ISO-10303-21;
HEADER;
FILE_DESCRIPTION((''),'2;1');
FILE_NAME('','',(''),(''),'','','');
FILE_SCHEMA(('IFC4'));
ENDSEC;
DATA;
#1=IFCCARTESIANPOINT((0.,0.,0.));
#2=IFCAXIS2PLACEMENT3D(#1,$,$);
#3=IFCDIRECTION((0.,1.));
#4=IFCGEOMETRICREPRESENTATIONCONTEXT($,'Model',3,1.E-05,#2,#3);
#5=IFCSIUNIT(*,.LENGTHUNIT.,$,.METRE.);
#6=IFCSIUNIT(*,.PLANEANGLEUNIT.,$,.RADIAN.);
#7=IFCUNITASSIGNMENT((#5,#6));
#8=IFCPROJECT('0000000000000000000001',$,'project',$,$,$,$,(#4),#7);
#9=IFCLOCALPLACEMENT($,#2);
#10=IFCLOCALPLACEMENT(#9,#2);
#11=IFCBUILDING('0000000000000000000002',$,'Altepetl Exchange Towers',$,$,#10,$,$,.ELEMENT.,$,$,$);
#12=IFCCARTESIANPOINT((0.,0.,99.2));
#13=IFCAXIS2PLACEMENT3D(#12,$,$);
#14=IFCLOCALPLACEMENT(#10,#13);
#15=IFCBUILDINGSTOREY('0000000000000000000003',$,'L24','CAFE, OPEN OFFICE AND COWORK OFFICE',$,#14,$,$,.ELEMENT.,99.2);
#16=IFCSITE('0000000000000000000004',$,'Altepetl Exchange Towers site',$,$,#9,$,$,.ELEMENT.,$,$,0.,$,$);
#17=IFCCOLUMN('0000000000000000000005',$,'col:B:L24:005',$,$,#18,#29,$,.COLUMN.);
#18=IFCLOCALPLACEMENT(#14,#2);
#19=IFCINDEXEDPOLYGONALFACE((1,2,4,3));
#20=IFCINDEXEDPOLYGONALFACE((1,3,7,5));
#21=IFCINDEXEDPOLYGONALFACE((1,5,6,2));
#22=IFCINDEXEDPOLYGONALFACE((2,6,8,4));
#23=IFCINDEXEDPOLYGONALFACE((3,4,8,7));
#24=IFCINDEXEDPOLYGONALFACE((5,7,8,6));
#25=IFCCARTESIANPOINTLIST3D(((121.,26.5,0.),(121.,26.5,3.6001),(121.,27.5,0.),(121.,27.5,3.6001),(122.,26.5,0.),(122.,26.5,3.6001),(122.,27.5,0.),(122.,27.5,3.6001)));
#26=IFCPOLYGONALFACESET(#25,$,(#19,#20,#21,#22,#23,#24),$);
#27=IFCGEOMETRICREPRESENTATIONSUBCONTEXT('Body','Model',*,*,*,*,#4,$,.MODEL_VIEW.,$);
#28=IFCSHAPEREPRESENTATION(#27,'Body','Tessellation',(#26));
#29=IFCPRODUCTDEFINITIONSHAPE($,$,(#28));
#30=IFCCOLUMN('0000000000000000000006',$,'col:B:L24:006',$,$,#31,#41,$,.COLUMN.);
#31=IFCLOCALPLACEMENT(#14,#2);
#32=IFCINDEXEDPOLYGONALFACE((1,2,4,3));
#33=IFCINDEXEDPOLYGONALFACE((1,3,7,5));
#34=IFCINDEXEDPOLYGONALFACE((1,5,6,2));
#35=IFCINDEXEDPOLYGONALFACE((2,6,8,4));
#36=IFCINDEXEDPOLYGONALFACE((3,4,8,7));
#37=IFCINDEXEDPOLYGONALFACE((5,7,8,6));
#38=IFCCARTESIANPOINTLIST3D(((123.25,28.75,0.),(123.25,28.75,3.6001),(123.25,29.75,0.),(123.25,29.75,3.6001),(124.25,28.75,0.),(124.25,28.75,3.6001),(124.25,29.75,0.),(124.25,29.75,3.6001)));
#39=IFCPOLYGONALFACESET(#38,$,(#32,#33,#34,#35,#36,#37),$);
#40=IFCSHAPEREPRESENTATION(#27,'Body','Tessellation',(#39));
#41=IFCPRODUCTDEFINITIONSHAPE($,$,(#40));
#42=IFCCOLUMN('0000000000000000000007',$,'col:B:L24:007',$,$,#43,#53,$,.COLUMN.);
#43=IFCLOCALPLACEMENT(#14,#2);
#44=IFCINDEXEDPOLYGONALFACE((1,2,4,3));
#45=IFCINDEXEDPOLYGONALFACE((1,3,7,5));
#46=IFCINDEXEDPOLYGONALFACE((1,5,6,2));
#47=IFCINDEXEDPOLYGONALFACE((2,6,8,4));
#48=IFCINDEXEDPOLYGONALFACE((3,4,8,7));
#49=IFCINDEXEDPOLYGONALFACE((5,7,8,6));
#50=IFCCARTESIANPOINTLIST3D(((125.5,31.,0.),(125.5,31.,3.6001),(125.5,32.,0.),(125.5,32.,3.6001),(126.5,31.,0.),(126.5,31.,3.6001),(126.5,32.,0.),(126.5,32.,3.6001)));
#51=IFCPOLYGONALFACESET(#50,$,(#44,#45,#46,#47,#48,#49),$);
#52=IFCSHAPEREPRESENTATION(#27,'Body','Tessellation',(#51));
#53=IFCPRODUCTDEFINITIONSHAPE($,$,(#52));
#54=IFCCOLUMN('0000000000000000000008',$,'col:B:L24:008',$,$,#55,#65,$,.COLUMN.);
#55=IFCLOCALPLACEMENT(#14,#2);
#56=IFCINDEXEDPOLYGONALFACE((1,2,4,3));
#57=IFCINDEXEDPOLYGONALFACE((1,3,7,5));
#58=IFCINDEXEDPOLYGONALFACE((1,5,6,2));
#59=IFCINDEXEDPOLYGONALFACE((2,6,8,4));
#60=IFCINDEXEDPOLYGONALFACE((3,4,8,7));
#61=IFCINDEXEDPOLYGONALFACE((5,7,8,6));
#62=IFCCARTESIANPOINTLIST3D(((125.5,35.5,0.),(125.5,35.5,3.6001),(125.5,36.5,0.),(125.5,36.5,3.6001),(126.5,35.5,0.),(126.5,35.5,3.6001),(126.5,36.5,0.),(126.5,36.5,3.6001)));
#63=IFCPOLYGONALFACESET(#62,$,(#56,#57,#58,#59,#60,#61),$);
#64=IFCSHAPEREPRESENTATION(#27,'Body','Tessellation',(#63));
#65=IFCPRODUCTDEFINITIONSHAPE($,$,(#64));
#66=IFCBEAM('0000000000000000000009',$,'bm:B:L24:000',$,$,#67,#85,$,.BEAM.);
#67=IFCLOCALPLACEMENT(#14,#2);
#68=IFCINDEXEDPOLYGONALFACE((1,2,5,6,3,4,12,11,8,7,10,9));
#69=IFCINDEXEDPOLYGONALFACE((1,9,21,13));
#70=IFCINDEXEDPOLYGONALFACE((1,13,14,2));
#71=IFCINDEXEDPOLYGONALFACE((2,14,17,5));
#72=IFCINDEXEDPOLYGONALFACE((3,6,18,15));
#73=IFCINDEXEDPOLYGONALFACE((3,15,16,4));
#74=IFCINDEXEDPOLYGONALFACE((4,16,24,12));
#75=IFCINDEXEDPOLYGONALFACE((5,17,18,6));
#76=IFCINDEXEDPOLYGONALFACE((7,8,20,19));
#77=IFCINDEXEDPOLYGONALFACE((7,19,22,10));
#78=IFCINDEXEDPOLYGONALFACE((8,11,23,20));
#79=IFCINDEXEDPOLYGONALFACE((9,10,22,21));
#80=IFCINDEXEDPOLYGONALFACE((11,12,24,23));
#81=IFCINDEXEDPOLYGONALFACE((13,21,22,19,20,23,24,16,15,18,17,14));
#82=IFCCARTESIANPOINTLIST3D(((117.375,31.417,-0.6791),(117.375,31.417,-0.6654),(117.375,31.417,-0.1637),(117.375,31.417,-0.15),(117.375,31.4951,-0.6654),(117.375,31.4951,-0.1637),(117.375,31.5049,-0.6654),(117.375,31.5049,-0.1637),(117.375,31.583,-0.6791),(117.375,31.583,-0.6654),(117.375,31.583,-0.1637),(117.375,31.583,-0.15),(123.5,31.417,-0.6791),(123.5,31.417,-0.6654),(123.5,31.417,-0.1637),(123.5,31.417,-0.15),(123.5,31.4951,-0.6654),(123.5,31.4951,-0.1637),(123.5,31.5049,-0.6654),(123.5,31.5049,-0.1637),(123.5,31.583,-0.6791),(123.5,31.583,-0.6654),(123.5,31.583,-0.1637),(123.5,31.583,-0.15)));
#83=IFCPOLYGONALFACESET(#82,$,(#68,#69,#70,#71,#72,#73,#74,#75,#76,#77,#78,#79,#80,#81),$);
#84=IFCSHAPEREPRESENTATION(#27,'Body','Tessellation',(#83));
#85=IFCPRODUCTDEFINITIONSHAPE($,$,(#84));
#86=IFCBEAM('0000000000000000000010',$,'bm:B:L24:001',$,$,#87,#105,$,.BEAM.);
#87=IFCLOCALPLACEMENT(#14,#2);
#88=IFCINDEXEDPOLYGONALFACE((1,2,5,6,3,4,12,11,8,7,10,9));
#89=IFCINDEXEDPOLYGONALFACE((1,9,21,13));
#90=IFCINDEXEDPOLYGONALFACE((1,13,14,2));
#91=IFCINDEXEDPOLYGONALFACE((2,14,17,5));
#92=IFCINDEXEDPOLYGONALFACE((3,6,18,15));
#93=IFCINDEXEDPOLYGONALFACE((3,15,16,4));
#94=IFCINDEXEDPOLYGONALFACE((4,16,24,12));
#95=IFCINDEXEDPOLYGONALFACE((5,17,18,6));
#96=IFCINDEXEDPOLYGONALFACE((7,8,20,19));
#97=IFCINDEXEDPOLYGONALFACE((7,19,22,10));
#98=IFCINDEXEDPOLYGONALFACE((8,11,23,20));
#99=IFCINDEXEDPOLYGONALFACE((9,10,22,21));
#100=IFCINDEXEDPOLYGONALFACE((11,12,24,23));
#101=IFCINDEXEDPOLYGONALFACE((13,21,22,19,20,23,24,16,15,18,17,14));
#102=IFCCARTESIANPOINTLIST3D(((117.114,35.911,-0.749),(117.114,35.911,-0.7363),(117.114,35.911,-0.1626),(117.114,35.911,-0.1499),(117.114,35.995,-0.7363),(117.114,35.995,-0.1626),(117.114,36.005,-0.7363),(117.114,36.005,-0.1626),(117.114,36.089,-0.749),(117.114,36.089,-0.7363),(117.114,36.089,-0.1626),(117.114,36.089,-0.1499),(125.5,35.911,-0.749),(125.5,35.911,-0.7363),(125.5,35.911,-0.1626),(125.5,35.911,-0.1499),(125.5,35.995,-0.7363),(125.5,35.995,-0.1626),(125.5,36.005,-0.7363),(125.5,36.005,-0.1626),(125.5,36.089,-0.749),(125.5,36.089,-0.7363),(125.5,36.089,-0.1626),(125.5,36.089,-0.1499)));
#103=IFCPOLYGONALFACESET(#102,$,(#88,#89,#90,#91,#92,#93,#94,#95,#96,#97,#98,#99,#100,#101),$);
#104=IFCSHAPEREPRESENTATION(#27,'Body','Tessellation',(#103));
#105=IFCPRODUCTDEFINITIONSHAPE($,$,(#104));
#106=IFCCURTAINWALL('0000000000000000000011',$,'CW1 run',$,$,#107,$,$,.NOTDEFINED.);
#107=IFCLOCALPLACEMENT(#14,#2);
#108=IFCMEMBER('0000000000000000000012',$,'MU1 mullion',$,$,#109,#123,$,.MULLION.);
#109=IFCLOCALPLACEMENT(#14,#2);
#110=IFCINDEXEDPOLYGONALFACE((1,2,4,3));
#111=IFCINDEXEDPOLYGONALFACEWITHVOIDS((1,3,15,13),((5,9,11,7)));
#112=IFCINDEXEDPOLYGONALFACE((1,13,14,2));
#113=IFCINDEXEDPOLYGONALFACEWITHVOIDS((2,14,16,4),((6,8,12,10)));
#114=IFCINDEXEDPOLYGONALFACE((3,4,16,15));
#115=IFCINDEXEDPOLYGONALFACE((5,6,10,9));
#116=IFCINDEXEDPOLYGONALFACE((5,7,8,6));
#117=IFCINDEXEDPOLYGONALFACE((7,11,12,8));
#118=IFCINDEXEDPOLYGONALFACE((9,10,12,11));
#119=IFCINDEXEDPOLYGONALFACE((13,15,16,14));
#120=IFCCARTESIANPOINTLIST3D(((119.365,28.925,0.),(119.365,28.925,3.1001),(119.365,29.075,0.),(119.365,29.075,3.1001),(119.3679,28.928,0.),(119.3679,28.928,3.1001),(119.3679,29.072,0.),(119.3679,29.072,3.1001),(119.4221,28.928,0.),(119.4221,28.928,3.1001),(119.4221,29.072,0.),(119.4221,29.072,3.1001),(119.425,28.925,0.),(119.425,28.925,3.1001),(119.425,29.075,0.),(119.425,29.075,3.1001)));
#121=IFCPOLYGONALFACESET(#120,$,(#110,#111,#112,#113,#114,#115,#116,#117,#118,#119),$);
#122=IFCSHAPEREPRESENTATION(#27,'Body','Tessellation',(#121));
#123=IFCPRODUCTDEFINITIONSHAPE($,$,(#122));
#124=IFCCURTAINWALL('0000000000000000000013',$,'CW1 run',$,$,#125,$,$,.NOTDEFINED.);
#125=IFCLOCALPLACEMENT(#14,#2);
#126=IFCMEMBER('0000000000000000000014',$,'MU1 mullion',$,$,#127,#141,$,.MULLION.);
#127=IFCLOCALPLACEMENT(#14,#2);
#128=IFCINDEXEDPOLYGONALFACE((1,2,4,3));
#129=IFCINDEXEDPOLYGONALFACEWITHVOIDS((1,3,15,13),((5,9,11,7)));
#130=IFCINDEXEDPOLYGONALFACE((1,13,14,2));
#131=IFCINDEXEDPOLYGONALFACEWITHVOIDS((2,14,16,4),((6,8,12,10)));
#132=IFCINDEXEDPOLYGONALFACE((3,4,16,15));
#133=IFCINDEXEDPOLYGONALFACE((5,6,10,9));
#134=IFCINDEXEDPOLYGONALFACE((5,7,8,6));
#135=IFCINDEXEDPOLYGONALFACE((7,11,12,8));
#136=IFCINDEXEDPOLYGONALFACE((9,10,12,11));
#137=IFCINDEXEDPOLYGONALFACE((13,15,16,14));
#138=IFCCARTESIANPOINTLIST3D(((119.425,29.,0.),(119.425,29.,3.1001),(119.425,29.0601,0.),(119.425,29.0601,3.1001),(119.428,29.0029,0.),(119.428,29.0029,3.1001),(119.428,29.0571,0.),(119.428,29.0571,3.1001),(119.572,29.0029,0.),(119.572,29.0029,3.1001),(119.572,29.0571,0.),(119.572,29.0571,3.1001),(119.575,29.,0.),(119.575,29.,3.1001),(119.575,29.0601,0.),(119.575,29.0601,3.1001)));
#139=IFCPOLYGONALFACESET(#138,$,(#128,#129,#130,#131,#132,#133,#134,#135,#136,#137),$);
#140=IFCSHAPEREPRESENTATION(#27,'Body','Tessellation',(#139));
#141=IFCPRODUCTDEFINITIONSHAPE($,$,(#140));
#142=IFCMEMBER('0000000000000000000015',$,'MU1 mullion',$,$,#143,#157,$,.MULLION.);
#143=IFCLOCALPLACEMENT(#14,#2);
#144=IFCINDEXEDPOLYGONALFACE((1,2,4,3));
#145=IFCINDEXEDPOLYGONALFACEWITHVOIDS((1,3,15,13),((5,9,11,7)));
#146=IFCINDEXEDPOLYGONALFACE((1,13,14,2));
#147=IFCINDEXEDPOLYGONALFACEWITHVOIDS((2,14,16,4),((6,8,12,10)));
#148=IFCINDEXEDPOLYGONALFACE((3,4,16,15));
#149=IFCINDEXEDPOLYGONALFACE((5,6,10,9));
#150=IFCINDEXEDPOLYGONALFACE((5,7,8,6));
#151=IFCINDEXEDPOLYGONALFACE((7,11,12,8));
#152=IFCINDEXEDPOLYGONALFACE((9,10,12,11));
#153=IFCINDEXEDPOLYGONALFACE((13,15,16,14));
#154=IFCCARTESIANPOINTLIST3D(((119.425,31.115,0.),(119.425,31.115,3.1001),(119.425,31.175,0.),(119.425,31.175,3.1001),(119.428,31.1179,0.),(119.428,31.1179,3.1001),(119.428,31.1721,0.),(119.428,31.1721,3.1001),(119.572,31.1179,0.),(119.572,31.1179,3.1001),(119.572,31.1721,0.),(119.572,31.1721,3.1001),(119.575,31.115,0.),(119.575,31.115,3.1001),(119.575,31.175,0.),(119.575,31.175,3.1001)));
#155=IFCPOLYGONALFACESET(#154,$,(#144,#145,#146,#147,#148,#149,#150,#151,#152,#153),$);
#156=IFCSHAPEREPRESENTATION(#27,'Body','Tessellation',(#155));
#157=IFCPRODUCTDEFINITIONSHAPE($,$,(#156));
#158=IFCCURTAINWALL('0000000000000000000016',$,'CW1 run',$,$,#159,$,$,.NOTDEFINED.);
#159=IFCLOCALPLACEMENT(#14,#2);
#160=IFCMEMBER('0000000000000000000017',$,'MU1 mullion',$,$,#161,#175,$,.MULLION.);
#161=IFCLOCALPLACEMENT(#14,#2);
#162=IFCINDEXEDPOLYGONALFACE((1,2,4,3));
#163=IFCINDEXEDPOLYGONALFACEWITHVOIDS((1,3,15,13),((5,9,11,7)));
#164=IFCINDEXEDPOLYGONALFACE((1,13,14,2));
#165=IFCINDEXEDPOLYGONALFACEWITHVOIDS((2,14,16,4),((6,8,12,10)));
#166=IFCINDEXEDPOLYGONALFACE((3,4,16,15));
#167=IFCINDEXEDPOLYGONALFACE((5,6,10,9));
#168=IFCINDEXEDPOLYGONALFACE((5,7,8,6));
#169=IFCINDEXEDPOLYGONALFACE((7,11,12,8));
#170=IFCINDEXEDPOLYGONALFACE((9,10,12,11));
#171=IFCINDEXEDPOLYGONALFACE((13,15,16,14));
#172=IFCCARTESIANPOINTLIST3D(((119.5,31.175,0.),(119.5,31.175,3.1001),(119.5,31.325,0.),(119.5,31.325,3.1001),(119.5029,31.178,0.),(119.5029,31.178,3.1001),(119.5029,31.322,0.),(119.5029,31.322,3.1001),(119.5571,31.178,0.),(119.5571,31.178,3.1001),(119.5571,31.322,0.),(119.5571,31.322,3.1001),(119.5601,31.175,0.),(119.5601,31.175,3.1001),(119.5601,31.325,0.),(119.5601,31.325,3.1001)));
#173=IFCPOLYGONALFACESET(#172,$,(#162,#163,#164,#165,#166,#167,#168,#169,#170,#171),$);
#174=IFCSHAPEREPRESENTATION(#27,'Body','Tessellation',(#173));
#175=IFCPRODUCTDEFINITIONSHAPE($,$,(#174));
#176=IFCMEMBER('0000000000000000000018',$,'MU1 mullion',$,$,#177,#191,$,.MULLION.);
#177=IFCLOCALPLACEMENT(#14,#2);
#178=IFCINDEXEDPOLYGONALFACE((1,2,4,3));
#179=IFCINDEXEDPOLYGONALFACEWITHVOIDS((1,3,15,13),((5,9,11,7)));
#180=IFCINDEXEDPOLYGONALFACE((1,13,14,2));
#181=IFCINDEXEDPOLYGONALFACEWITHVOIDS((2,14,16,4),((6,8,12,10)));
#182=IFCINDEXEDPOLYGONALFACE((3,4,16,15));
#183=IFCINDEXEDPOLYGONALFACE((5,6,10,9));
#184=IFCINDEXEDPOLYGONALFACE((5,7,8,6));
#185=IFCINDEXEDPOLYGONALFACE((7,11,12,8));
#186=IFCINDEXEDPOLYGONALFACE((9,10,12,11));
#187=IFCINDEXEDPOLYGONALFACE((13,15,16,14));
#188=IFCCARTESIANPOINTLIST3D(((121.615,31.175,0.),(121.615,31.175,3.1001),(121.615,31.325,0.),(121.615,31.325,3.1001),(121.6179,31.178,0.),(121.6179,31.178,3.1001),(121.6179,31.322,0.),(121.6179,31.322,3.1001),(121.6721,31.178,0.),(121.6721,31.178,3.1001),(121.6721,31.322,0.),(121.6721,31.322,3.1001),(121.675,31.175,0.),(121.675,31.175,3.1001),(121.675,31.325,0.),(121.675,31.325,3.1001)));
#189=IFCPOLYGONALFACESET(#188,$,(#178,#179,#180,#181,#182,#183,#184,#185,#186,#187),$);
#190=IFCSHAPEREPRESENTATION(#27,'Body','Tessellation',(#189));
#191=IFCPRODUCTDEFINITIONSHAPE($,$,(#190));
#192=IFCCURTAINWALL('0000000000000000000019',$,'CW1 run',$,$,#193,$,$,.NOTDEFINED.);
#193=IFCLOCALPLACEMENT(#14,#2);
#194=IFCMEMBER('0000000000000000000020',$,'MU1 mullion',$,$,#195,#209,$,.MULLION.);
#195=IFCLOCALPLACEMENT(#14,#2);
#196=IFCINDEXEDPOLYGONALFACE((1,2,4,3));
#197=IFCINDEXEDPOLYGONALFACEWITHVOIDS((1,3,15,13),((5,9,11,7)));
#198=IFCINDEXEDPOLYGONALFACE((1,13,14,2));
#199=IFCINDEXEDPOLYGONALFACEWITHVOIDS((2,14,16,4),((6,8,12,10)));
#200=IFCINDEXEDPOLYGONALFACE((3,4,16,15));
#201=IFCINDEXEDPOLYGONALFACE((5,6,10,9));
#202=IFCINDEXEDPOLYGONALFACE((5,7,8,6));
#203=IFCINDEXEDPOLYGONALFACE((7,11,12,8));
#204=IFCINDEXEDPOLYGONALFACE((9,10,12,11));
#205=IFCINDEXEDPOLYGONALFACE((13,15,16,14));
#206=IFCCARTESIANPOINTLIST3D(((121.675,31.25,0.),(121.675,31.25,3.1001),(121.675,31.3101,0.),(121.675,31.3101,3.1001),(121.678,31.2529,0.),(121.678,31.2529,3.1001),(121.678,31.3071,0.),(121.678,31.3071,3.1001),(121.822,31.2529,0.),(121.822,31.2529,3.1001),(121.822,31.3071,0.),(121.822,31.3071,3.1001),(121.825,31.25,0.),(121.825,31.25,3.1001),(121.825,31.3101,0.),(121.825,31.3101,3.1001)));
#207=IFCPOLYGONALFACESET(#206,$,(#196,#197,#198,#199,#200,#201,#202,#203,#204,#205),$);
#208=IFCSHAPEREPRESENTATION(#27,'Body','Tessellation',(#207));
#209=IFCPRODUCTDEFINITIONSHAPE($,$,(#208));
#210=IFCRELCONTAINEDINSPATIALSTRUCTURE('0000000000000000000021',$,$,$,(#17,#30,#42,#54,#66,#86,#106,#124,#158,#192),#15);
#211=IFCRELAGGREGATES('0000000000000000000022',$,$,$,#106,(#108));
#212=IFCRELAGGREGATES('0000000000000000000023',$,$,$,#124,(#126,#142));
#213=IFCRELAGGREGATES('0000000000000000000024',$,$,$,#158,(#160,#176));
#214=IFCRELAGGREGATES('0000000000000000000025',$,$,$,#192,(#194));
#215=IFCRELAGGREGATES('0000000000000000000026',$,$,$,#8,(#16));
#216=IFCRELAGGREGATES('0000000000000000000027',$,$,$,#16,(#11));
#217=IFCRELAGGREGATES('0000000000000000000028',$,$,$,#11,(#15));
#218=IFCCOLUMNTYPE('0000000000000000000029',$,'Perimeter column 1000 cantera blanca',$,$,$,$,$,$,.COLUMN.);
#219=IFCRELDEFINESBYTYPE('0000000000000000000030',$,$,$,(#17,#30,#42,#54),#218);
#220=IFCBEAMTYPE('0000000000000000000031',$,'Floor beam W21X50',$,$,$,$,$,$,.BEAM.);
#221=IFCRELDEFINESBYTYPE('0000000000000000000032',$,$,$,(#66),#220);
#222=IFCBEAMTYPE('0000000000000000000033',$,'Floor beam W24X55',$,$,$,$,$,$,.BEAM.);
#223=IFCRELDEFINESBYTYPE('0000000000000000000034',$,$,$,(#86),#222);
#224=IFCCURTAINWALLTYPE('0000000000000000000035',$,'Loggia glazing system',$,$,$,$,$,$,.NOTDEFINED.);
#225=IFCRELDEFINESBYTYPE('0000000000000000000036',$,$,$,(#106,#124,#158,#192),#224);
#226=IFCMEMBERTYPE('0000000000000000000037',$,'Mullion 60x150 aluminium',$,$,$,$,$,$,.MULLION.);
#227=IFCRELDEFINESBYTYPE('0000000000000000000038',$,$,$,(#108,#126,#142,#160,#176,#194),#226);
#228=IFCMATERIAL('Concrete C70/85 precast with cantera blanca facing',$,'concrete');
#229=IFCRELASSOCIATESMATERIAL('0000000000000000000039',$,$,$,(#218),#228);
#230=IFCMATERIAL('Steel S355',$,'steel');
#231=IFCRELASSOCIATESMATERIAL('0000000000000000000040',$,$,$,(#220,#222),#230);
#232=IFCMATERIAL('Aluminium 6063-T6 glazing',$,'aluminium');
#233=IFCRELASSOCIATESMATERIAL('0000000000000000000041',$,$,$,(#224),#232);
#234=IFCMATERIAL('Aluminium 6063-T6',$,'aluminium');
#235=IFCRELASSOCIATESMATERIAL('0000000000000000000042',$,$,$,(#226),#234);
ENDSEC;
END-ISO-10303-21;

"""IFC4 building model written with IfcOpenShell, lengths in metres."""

from ifc_helpers import new_model, si_unit, direction, frame, origin, origin_2d, place, context, subcontext, project, spatial, rectangle, hollow_rectangle, i_section, extrude, material, material_profile, profile_set, type_object, element, aggregate, save


model = new_model("IFC4")

# Units and contexts
model_context = context("Model", 3, precision=1e-05, world=origin(), true_north=direction((0.0, 1.0)))
body_context = subcontext(model_context, "Body", "Model", "MODEL_VIEW")
ifc_project = project(units=[si_unit("LENGTHUNIT", "METRE"), si_unit("PLANEANGLEUNIT", "RADIAN")], contexts=[model_context])

# Site, building, storey
site_placement = place(None, origin())
site = spatial("IfcSite", under=ifc_project, at=site_placement, Name="Altepetl Exchange Towers site", CompositionType="ELEMENT", RefElevation=0.0)
building_placement = place(site_placement, origin())
building = spatial("IfcBuilding", under=site, at=building_placement, Name="Altepetl Exchange Towers", CompositionType="ELEMENT")
storey_placement = place(building_placement, frame((0.0, 0.0, 99.2)))
storey = spatial("IfcBuildingStorey", under=building, at=storey_placement, Name="L24", Description="CAFE, OPEN OFFICE AND COWORK OFFICE", CompositionType="ELEMENT", Elevation=99.2)

# Columns
ifc_material_1 = material(Name="Concrete C70/85 precast with cantera blanca facing", Category="concrete")
ifc_material_profile_1 = material_profile(ifc_material_1, rectangle(XDim=1.0, YDim=1.0, at=origin_2d()), Name="1000 x 1000")
ifc_profile_set_1 = profile_set([ifc_material_profile_1], Name="Concrete C70/85 precast with cantera blanca facing")
column_type = type_object("IfcColumnType", Name="Perimeter column 1000 cantera blanca", PredefinedType="COLUMN", material=ifc_profile_set_1)
for number, where, name in (
    (1, (121.5, 27.0, 0.0), "col:B:L24:005"),
    (2, (123.75, 29.25, 0.0), "col:B:L24:006"),
    (3, (126.0, 31.5, 0.0), "col:B:L24:007"),
    (4, (126.0, 36.0, 0.0), "col:B:L24:008"),
):
    element("IfcColumn", number, at=place(storey_placement, frame(where)), inside=storey, type_object=column_type, Name=name, PredefinedType="COLUMN", context=body_context, shape_type="SweptSolid", body=[
        extrude(rectangle(XDim=1.0, YDim=1.0, at=origin_2d()), origin(), (0.0, 0.0, 1.0), 3.6001),
    ])

# Beams
ifc_material_2 = material(Name="Steel S355", Category="steel")
ifc_material_profile_2 = material_profile(ifc_material_2, i_section(OverallWidth=0.166, OverallDepth=0.5291, WebThickness=0.0098, FlangeThickness=0.0137, at=origin_2d()), Name="W21X50")
ifc_profile_set_2 = profile_set([ifc_material_profile_2], Name="Steel S355")
beam_type_1 = type_object("IfcBeamType", Name="Floor beam W21X50", PredefinedType="BEAM", material=ifc_profile_set_2)
beam_1_placement = place(storey_placement, frame((117.375, 31.5, -0.4146), z_axis=(1.0, 0.0, 0.0), x_axis=(0.0, 1.0, 0.0)))
element("IfcBeam", 5, at=beam_1_placement, inside=storey, type_object=beam_type_1, Name="bm:B:L24:000", PredefinedType="BEAM", context=body_context, shape_type="SweptSolid", body=[
    extrude(i_section(OverallWidth=0.166, OverallDepth=0.5291, WebThickness=0.0098, FlangeThickness=0.0137, at=origin_2d()), origin(), (0.0, 0.0, 1.0), 6.125),
])
ifc_material_profile_3 = material_profile(ifc_material_2, i_section(OverallWidth=0.178, OverallDepth=0.5991, WebThickness=0.01, FlangeThickness=0.0127, at=origin_2d()), Name="W24X55")
ifc_profile_set_3 = profile_set([ifc_material_profile_3], Name="Steel S355")
beam_type_2 = type_object("IfcBeamType", Name="Floor beam W24X55", PredefinedType="BEAM", material=ifc_profile_set_3)
beam_2_placement = place(storey_placement, frame((117.114, 36.0, -0.4495), z_axis=(1.0, 0.0, 0.0), x_axis=(0.0, 1.0, 0.0)))
element("IfcBeam", 6, at=beam_2_placement, inside=storey, type_object=beam_type_2, Name="bm:B:L24:001", PredefinedType="BEAM", context=body_context, shape_type="SweptSolid", body=[
    extrude(i_section(OverallWidth=0.178, OverallDepth=0.5991, WebThickness=0.01, FlangeThickness=0.0127, at=origin_2d()), origin(), (0.0, 0.0, 1.0), 8.386),
])

# Curtain wall, member
ifc_material_3 = material(Name="Aluminium 6063-T6 glazing", Category="aluminium")
curtain_wall_type = type_object("IfcCurtainWallType", Name="Loggia glazing system", PredefinedType="NOTDEFINED", material=ifc_material_3)
curtain_wall_1_placement = place(storey_placement, origin())
curtain_wall_1 = element("IfcCurtainWall", 7, at=curtain_wall_1_placement, inside=storey, type_object=curtain_wall_type, Name="CW1 run", PredefinedType="NOTDEFINED")
ifc_material_4 = material(Name="Aluminium 6063-T6", Category="aluminium")
ifc_material_profile_4 = material_profile(ifc_material_4, hollow_rectangle(XDim=0.0601, YDim=0.1499, WallThickness=0.0029, at=origin_2d()), Name="Mullion 60x150 aluminium")
ifc_profile_set_4 = profile_set([ifc_material_profile_4], Name="Aluminium 6063-T6")
member_type = type_object("IfcMemberType", Name="Mullion 60x150 aluminium", PredefinedType="MULLION", material=ifc_profile_set_4)
member_1_placement = place(storey_placement, frame((119.395, 29.0, 0.0)))
member_1 = element("IfcMember", 8, at=member_1_placement, type_object=member_type, Name="MU1 mullion", PredefinedType="MULLION", context=body_context, shape_type="SweptSolid", body=[
    extrude(hollow_rectangle(XDim=0.0601, YDim=0.1499, WallThickness=0.0029, at=origin_2d()), origin(), (0.0, 0.0, 1.0), 3.1001),
])

# Curtain walls, members
curtain_wall_2_placement = place(storey_placement, origin())
curtain_wall_2 = element("IfcCurtainWall", 9, at=curtain_wall_2_placement, inside=storey, type_object=curtain_wall_type, Name="CW1 run", PredefinedType="NOTDEFINED")
member_2_placement = place(storey_placement, frame((119.5, 29.03, 0.0), z_axis=(0.0, 0.0, 1.0), x_axis=(0.0, 1.0, 0.0)))
member_2 = element("IfcMember", 10, at=member_2_placement, type_object=member_type, Name="MU1 mullion", PredefinedType="MULLION", context=body_context, shape_type="SweptSolid", body=[
    extrude(hollow_rectangle(XDim=0.0601, YDim=0.1499, WallThickness=0.0029, at=origin_2d()), origin(), (0.0, 0.0, 1.0), 3.1001),
])
member_3_placement = place(storey_placement, frame((119.5, 31.145, 0.0), z_axis=(0.0, 0.0, 1.0), x_axis=(0.0, 1.0, 0.0)))
member_3 = element("IfcMember", 11, at=member_3_placement, type_object=member_type, Name="MU1 mullion", PredefinedType="MULLION", context=body_context, shape_type="SweptSolid", body=[
    extrude(hollow_rectangle(XDim=0.0601, YDim=0.1499, WallThickness=0.0029, at=origin_2d()), origin(), (0.0, 0.0, 1.0), 3.1001),
])
curtain_wall_3_placement = place(storey_placement, origin())
curtain_wall_3 = element("IfcCurtainWall", 12, at=curtain_wall_3_placement, inside=storey, type_object=curtain_wall_type, Name="CW1 run", PredefinedType="NOTDEFINED")
member_4_placement = place(storey_placement, frame((119.53, 31.25, 0.0)))
member_4 = element("IfcMember", 13, at=member_4_placement, type_object=member_type, Name="MU1 mullion", PredefinedType="MULLION", context=body_context, shape_type="SweptSolid", body=[
    extrude(hollow_rectangle(XDim=0.0601, YDim=0.1499, WallThickness=0.0029, at=origin_2d()), origin(), (0.0, 0.0, 1.0), 3.1001),
])
member_5_placement = place(storey_placement, frame((121.645, 31.25, 0.0)))
member_5 = element("IfcMember", 14, at=member_5_placement, type_object=member_type, Name="MU1 mullion", PredefinedType="MULLION", context=body_context, shape_type="SweptSolid", body=[
    extrude(hollow_rectangle(XDim=0.0601, YDim=0.1499, WallThickness=0.0029, at=origin_2d()), origin(), (0.0, 0.0, 1.0), 3.1001),
])
curtain_wall_4_placement = place(storey_placement, origin())
curtain_wall_4 = element("IfcCurtainWall", 15, at=curtain_wall_4_placement, inside=storey, type_object=curtain_wall_type, Name="CW1 run", PredefinedType="NOTDEFINED")
member_6_placement = place(storey_placement, frame((121.75, 31.28, 0.0), z_axis=(0.0, 0.0, 1.0), x_axis=(0.0, 1.0, 0.0)))
member_6 = element("IfcMember", 16, at=member_6_placement, type_object=member_type, Name="MU1 mullion", PredefinedType="MULLION", context=body_context, shape_type="SweptSolid", body=[
    extrude(hollow_rectangle(XDim=0.0601, YDim=0.1499, WallThickness=0.0029, at=origin_2d()), origin(), (0.0, 0.0, 1.0), 3.1001),
])

aggregate(curtain_wall_1, [member_1])
aggregate(curtain_wall_2, [member_2, member_3])
aggregate(curtain_wall_3, [member_4, member_5])
aggregate(curtain_wall_4, [member_6])

save(model, "model.ifc")
